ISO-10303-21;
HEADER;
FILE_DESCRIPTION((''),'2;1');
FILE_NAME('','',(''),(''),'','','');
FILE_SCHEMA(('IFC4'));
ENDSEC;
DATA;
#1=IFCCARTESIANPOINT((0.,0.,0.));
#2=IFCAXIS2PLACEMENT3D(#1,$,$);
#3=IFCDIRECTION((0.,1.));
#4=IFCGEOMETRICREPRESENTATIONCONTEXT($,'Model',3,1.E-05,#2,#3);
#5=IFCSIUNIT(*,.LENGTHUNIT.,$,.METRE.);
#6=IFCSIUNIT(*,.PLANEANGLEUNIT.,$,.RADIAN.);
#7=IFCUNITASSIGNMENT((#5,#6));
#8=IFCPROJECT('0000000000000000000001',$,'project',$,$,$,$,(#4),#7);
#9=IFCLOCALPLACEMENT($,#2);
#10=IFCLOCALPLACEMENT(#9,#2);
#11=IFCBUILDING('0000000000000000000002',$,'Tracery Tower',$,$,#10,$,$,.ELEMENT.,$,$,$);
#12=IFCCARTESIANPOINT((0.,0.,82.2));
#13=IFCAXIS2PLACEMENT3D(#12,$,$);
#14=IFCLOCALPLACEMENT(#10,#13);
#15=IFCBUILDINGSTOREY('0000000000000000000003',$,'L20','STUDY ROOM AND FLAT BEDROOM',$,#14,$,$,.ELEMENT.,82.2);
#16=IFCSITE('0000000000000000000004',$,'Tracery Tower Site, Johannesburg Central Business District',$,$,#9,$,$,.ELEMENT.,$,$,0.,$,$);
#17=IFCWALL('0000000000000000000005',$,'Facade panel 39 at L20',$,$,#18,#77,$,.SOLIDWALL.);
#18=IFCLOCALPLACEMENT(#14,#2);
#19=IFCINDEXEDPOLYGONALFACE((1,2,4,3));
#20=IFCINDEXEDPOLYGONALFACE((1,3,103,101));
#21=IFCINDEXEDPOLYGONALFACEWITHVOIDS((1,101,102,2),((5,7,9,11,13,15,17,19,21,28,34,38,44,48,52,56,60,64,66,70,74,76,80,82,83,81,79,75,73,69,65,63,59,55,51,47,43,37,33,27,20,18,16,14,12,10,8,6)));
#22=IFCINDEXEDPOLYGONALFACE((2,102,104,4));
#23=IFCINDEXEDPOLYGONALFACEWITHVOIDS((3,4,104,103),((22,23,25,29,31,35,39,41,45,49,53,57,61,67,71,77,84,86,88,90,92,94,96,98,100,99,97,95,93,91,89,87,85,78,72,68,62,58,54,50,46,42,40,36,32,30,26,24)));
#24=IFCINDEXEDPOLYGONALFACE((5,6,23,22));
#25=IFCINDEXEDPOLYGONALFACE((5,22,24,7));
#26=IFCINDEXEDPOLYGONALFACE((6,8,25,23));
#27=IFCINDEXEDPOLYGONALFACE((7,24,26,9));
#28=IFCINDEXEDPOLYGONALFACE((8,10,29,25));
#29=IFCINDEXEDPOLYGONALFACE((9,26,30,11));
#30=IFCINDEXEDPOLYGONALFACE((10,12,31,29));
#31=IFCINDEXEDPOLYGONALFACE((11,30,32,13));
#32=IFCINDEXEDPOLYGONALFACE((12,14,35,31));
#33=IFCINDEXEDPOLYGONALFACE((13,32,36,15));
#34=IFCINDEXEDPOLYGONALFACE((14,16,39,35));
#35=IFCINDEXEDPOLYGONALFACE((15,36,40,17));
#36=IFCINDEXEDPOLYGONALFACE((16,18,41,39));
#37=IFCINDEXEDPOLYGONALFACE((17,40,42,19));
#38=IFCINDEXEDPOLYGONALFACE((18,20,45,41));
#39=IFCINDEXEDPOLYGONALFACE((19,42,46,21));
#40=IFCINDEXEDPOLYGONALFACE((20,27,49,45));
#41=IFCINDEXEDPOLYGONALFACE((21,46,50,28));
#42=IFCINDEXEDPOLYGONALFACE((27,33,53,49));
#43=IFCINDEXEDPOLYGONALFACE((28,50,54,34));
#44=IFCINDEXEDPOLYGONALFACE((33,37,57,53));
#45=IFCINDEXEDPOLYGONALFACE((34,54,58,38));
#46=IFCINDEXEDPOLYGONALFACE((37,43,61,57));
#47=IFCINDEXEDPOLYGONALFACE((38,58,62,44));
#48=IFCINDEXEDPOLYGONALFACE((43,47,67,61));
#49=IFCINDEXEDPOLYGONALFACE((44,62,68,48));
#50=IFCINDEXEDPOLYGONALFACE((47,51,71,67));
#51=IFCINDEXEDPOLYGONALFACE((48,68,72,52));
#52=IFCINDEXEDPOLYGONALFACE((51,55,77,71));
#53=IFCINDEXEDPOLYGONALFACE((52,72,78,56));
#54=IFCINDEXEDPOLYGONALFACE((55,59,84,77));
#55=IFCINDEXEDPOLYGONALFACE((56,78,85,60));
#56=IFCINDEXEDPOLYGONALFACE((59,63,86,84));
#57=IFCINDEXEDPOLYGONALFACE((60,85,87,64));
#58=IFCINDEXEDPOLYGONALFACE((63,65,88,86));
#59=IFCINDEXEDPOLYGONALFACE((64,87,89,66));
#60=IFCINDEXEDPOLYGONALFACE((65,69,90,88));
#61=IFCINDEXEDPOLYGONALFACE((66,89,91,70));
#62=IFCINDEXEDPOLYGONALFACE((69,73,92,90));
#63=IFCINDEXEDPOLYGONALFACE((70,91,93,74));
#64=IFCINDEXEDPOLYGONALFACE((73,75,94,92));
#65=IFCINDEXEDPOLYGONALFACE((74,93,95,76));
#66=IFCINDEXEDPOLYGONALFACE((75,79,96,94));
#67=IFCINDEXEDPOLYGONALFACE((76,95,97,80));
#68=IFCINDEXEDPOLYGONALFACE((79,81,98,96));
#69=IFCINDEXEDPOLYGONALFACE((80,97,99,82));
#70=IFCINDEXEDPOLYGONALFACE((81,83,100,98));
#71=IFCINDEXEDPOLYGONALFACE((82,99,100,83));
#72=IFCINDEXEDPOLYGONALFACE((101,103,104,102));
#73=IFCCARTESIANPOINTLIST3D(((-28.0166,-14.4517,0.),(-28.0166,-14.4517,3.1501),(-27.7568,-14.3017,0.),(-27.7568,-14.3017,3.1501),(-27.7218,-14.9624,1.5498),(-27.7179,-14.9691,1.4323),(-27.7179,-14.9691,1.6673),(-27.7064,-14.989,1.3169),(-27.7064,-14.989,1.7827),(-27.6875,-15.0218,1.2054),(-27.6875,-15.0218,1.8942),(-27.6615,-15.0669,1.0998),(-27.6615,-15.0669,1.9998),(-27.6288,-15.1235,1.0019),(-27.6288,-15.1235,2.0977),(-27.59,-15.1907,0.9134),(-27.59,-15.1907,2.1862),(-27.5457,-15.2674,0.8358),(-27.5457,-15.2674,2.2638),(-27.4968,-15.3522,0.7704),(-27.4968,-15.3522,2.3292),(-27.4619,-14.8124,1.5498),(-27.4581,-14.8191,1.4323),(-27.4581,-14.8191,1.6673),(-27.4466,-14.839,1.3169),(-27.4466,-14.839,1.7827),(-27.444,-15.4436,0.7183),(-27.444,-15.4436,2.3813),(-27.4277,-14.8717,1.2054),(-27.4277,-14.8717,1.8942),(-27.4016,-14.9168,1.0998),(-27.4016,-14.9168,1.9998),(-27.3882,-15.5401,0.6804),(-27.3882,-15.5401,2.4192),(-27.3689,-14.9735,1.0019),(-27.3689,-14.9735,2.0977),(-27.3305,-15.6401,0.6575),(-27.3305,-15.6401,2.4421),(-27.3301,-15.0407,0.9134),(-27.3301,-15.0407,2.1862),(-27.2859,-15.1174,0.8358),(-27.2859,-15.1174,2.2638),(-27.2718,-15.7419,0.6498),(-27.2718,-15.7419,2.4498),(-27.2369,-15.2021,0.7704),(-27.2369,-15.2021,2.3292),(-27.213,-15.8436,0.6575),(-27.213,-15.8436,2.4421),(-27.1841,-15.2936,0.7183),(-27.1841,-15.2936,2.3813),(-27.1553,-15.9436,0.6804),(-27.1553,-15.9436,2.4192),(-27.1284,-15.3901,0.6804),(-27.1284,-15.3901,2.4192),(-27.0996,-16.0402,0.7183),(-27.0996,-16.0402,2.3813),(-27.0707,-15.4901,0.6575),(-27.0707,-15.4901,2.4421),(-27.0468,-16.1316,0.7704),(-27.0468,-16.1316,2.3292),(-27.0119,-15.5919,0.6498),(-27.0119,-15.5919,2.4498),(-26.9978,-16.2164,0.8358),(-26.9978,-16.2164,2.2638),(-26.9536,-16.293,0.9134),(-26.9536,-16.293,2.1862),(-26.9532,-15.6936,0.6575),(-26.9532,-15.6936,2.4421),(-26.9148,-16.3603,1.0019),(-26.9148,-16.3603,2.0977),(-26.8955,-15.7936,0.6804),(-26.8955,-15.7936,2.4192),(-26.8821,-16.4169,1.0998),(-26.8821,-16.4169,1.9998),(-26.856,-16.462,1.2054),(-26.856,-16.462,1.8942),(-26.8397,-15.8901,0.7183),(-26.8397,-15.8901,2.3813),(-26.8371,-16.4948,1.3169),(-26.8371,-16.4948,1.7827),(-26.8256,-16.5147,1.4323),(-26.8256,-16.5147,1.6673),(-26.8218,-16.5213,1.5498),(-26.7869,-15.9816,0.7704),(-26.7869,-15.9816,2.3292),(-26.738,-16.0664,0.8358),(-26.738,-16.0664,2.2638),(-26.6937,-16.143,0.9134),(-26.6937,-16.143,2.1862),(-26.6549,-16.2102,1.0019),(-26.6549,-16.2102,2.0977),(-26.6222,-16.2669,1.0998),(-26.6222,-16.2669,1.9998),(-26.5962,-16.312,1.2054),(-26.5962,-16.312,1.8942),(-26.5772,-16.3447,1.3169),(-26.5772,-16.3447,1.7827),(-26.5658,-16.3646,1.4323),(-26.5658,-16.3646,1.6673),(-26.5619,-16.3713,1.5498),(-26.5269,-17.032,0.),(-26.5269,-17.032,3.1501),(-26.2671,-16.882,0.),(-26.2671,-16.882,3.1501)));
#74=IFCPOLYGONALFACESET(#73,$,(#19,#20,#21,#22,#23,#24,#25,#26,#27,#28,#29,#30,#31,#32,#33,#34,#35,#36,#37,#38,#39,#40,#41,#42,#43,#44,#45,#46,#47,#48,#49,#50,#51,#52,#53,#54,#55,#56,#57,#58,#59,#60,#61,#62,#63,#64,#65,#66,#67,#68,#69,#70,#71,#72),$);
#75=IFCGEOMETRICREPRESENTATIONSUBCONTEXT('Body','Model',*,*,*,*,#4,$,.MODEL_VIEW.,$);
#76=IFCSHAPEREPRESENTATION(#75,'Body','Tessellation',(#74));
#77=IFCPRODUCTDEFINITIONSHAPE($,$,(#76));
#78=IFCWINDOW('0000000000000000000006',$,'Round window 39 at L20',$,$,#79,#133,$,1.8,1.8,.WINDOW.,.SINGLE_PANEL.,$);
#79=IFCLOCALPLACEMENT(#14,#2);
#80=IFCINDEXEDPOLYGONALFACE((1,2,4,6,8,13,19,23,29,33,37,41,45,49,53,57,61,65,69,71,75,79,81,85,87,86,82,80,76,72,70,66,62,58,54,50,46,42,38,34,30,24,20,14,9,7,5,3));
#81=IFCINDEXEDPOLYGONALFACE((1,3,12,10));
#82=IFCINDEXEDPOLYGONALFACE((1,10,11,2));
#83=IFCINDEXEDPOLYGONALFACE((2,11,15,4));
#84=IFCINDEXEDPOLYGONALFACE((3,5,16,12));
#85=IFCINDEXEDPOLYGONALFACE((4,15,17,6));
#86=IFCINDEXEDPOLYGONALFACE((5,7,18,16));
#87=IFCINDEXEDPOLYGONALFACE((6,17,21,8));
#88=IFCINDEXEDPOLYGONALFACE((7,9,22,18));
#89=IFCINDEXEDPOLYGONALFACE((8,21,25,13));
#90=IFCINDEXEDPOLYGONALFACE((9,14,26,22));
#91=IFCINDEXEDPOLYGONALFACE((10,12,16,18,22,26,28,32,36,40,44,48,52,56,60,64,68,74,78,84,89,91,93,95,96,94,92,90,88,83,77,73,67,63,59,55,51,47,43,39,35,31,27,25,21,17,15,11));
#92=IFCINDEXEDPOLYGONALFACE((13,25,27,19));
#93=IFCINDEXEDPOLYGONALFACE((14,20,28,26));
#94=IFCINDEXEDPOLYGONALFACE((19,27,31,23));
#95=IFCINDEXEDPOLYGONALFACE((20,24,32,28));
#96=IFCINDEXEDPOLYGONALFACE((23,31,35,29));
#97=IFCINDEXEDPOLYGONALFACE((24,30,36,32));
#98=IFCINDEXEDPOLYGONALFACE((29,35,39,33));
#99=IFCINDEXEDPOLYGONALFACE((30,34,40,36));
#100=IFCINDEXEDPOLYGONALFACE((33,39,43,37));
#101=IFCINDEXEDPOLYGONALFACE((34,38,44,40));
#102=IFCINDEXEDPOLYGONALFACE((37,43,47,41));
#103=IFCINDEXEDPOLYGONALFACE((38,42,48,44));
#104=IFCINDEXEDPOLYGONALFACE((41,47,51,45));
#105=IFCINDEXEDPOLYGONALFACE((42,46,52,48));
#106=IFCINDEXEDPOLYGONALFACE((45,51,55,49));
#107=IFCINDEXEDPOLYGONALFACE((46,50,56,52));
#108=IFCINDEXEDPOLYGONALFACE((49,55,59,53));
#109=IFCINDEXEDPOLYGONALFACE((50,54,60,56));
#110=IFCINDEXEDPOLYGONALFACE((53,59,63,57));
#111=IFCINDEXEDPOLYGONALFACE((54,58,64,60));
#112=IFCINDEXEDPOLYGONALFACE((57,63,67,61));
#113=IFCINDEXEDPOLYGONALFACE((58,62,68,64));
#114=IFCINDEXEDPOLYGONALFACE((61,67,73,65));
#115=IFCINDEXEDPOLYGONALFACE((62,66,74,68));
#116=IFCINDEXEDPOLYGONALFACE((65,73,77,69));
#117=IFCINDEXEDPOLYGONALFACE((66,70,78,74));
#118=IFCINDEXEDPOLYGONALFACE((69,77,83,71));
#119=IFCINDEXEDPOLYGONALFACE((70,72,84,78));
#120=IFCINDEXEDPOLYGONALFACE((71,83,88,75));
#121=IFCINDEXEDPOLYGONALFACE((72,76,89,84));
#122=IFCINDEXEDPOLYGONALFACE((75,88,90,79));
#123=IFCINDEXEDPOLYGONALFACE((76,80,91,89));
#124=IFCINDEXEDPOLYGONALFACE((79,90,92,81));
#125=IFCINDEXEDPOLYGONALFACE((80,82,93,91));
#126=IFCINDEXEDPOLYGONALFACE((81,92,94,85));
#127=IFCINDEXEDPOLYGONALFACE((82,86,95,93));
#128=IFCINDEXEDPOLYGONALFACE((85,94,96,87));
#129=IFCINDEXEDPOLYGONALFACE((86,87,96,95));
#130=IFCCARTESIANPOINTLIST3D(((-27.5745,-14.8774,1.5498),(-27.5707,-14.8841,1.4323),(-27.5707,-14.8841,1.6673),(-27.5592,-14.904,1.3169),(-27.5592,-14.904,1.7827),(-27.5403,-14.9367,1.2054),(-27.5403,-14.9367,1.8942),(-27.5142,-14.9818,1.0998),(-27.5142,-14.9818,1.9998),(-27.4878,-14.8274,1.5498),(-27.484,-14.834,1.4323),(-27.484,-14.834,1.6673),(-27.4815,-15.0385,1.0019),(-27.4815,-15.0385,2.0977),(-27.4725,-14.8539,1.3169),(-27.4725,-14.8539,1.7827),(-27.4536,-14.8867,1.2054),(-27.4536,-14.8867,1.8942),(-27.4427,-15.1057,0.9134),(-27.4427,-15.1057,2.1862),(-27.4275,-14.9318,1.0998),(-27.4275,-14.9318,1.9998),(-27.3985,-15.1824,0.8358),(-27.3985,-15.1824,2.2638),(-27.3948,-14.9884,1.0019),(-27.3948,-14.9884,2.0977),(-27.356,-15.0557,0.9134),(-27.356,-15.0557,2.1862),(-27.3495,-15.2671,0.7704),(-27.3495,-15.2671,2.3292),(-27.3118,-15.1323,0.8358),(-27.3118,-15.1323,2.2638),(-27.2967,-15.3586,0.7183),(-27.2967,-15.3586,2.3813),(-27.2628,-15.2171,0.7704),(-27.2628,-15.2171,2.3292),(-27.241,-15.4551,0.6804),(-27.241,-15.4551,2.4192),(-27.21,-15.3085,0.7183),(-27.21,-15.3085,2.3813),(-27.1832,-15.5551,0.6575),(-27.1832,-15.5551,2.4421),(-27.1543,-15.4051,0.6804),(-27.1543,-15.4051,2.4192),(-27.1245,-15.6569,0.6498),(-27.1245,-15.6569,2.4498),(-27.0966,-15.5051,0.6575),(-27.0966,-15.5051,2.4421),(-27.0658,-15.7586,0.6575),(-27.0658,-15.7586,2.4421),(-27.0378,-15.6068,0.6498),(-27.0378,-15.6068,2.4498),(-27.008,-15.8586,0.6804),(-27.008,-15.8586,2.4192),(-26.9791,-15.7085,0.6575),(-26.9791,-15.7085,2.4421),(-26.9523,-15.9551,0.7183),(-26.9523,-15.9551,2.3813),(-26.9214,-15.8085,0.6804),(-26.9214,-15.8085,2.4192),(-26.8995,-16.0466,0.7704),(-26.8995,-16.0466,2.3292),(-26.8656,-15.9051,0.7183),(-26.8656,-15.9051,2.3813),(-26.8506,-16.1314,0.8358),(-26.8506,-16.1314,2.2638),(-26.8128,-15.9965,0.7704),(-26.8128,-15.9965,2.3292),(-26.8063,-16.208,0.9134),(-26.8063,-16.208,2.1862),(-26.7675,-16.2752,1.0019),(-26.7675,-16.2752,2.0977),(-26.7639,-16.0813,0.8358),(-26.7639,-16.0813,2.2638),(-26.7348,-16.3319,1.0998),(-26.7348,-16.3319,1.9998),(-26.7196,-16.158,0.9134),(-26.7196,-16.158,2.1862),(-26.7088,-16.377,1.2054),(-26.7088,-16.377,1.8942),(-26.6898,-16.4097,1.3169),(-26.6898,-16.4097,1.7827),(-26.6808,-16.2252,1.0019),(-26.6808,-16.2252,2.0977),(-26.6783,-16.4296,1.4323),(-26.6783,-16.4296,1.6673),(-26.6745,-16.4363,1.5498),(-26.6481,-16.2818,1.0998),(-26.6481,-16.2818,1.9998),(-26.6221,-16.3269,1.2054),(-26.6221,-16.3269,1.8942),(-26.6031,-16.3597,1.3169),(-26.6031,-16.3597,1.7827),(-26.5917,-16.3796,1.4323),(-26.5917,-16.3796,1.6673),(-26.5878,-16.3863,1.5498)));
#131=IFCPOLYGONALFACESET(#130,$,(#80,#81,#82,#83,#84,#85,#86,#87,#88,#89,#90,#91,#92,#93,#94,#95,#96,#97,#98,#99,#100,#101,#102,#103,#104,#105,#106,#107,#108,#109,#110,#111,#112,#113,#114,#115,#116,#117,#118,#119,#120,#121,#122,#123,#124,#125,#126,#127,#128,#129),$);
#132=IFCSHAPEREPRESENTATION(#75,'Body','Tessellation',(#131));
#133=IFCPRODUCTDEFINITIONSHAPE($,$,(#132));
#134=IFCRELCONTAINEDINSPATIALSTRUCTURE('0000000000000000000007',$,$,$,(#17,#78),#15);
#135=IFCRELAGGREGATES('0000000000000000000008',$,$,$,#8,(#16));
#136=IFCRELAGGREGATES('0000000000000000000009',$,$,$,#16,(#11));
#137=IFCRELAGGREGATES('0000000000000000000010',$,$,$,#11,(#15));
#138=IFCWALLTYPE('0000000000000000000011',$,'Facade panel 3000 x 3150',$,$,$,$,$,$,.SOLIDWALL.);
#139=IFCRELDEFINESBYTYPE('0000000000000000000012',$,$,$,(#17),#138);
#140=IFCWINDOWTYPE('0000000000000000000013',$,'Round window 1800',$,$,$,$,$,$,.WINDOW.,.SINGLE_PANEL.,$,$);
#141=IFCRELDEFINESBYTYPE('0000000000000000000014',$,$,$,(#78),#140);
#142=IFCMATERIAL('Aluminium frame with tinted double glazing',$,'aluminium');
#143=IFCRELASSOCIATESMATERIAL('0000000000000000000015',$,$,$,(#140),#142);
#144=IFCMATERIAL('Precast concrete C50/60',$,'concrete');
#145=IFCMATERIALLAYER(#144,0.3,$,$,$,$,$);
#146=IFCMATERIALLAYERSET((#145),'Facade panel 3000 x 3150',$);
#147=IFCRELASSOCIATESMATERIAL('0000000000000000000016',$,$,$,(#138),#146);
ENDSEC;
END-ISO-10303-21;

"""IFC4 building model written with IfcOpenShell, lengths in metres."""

from ifc_helpers import new_model, si_unit, direction, frame, frame_2d, origin, origin_2d, place, context, subcontext, project, spatial, rectangle, circle, extrude, material, layer, layer_set, type_object, element, fill, save


model = new_model("IFC4")

# Units and contexts
model_context = context("Model", 3, precision=1e-05, world=origin(), true_north=direction((0.0, 1.0)))
body_context = subcontext(model_context, "Body", "Model", "MODEL_VIEW")
ifc_project = project(units=[si_unit("LENGTHUNIT", "METRE"), si_unit("PLANEANGLEUNIT", "RADIAN")], contexts=[model_context])

# Site, building, storey
site_placement = place(None, origin())
site = spatial("IfcSite", under=ifc_project, at=site_placement, Name="Tracery Tower Site, Johannesburg Central Business District", CompositionType="ELEMENT", RefElevation=0.0)
building_placement = place(site_placement, origin())
building = spatial("IfcBuilding", under=site, at=building_placement, Name="Tracery Tower", CompositionType="ELEMENT")
storey_placement = place(building_placement, frame((0.0, 0.0, 82.2)))
storey = spatial("IfcBuildingStorey", under=building, at=storey_placement, Name="L20", Description="STUDY ROOM AND FLAT BEDROOM", CompositionType="ELEMENT", Elevation=82.2)

# Wall, opening, window
ifc_material_1 = material(Name="Aluminium frame with tinted double glazing", Category="aluminium")
window_type = type_object("IfcWindowType", Name="Round window 1800", PartitioningType="SINGLE_PANEL", PredefinedType="WINDOW", material=ifc_material_1)
ifc_material_2 = material(Name="Precast concrete C50/60", Category="concrete")
ifc_layer_1 = layer(ifc_material_2, 0.3)
ifc_layer_set_1 = layer_set([ifc_layer_1], Name="Facade panel 3000 x 3150")
wall_type_1 = type_object("IfcWallType", Name="Facade panel 3000 x 3150", PredefinedType="SOLIDWALL", material=ifc_layer_set_1)
wall_1_placement = place(storey_placement, frame((-27.8867, -14.3767, 0.0), z_axis=(0.0, 0.0, 1.0), x_axis=(0.499999, -0.866026, 0.0)))
wall_1 = element("IfcWall", 1, at=wall_1_placement, inside=storey, type_object=wall_type_1, Name="Facade panel 39 at L20", PredefinedType="SOLIDWALL", context=body_context, shape_type="SweptSolid", body=[
    extrude(rectangle(XDim=2.9795, YDim=0.3, at=frame_2d((1.4897, 0.0))), origin(), (0.0, 0.0, 1.0), 3.1501),
])
opening_1_placement = place(wall_1_placement, frame((1.4897, 0.0, 1.5498)))
opening_1 = element("IfcOpeningElement", 2, at=opening_1_placement, cuts=wall_1, PredefinedType="OPENING", context=body_context, shape_type="SweptSolid", body=[
    extrude(circle(Radius=0.9, at=origin_2d()), frame((0.0, 0.1599, 0.0), z_axis=(0.0, -1.0, 0.0), x_axis=(1.0, 0.0, 0.0)), (0.0, 0.0, 1.0), 0.3201),
])
window_1_placement = place(opening_1_placement, origin())
window_1 = element("IfcWindow", 3, at=window_1_placement, inside=storey, type_object=window_type, Name="Round window 39 at L20", OverallHeight=1.8, OverallWidth=1.8, PartitioningType="SINGLE_PANEL", PredefinedType="WINDOW", context=body_context, shape_type="SweptSolid", body=[
    extrude(circle(Radius=0.9, at=origin_2d()), frame((0.0, 0.1201, 0.0), z_axis=(0.0, -1.0, 0.0), x_axis=(1.0, 0.0, 0.0)), (0.0, 0.0, 1.0), 0.1001),
])
fill(opening_1, window_1)

save(model, "model.ifc")
